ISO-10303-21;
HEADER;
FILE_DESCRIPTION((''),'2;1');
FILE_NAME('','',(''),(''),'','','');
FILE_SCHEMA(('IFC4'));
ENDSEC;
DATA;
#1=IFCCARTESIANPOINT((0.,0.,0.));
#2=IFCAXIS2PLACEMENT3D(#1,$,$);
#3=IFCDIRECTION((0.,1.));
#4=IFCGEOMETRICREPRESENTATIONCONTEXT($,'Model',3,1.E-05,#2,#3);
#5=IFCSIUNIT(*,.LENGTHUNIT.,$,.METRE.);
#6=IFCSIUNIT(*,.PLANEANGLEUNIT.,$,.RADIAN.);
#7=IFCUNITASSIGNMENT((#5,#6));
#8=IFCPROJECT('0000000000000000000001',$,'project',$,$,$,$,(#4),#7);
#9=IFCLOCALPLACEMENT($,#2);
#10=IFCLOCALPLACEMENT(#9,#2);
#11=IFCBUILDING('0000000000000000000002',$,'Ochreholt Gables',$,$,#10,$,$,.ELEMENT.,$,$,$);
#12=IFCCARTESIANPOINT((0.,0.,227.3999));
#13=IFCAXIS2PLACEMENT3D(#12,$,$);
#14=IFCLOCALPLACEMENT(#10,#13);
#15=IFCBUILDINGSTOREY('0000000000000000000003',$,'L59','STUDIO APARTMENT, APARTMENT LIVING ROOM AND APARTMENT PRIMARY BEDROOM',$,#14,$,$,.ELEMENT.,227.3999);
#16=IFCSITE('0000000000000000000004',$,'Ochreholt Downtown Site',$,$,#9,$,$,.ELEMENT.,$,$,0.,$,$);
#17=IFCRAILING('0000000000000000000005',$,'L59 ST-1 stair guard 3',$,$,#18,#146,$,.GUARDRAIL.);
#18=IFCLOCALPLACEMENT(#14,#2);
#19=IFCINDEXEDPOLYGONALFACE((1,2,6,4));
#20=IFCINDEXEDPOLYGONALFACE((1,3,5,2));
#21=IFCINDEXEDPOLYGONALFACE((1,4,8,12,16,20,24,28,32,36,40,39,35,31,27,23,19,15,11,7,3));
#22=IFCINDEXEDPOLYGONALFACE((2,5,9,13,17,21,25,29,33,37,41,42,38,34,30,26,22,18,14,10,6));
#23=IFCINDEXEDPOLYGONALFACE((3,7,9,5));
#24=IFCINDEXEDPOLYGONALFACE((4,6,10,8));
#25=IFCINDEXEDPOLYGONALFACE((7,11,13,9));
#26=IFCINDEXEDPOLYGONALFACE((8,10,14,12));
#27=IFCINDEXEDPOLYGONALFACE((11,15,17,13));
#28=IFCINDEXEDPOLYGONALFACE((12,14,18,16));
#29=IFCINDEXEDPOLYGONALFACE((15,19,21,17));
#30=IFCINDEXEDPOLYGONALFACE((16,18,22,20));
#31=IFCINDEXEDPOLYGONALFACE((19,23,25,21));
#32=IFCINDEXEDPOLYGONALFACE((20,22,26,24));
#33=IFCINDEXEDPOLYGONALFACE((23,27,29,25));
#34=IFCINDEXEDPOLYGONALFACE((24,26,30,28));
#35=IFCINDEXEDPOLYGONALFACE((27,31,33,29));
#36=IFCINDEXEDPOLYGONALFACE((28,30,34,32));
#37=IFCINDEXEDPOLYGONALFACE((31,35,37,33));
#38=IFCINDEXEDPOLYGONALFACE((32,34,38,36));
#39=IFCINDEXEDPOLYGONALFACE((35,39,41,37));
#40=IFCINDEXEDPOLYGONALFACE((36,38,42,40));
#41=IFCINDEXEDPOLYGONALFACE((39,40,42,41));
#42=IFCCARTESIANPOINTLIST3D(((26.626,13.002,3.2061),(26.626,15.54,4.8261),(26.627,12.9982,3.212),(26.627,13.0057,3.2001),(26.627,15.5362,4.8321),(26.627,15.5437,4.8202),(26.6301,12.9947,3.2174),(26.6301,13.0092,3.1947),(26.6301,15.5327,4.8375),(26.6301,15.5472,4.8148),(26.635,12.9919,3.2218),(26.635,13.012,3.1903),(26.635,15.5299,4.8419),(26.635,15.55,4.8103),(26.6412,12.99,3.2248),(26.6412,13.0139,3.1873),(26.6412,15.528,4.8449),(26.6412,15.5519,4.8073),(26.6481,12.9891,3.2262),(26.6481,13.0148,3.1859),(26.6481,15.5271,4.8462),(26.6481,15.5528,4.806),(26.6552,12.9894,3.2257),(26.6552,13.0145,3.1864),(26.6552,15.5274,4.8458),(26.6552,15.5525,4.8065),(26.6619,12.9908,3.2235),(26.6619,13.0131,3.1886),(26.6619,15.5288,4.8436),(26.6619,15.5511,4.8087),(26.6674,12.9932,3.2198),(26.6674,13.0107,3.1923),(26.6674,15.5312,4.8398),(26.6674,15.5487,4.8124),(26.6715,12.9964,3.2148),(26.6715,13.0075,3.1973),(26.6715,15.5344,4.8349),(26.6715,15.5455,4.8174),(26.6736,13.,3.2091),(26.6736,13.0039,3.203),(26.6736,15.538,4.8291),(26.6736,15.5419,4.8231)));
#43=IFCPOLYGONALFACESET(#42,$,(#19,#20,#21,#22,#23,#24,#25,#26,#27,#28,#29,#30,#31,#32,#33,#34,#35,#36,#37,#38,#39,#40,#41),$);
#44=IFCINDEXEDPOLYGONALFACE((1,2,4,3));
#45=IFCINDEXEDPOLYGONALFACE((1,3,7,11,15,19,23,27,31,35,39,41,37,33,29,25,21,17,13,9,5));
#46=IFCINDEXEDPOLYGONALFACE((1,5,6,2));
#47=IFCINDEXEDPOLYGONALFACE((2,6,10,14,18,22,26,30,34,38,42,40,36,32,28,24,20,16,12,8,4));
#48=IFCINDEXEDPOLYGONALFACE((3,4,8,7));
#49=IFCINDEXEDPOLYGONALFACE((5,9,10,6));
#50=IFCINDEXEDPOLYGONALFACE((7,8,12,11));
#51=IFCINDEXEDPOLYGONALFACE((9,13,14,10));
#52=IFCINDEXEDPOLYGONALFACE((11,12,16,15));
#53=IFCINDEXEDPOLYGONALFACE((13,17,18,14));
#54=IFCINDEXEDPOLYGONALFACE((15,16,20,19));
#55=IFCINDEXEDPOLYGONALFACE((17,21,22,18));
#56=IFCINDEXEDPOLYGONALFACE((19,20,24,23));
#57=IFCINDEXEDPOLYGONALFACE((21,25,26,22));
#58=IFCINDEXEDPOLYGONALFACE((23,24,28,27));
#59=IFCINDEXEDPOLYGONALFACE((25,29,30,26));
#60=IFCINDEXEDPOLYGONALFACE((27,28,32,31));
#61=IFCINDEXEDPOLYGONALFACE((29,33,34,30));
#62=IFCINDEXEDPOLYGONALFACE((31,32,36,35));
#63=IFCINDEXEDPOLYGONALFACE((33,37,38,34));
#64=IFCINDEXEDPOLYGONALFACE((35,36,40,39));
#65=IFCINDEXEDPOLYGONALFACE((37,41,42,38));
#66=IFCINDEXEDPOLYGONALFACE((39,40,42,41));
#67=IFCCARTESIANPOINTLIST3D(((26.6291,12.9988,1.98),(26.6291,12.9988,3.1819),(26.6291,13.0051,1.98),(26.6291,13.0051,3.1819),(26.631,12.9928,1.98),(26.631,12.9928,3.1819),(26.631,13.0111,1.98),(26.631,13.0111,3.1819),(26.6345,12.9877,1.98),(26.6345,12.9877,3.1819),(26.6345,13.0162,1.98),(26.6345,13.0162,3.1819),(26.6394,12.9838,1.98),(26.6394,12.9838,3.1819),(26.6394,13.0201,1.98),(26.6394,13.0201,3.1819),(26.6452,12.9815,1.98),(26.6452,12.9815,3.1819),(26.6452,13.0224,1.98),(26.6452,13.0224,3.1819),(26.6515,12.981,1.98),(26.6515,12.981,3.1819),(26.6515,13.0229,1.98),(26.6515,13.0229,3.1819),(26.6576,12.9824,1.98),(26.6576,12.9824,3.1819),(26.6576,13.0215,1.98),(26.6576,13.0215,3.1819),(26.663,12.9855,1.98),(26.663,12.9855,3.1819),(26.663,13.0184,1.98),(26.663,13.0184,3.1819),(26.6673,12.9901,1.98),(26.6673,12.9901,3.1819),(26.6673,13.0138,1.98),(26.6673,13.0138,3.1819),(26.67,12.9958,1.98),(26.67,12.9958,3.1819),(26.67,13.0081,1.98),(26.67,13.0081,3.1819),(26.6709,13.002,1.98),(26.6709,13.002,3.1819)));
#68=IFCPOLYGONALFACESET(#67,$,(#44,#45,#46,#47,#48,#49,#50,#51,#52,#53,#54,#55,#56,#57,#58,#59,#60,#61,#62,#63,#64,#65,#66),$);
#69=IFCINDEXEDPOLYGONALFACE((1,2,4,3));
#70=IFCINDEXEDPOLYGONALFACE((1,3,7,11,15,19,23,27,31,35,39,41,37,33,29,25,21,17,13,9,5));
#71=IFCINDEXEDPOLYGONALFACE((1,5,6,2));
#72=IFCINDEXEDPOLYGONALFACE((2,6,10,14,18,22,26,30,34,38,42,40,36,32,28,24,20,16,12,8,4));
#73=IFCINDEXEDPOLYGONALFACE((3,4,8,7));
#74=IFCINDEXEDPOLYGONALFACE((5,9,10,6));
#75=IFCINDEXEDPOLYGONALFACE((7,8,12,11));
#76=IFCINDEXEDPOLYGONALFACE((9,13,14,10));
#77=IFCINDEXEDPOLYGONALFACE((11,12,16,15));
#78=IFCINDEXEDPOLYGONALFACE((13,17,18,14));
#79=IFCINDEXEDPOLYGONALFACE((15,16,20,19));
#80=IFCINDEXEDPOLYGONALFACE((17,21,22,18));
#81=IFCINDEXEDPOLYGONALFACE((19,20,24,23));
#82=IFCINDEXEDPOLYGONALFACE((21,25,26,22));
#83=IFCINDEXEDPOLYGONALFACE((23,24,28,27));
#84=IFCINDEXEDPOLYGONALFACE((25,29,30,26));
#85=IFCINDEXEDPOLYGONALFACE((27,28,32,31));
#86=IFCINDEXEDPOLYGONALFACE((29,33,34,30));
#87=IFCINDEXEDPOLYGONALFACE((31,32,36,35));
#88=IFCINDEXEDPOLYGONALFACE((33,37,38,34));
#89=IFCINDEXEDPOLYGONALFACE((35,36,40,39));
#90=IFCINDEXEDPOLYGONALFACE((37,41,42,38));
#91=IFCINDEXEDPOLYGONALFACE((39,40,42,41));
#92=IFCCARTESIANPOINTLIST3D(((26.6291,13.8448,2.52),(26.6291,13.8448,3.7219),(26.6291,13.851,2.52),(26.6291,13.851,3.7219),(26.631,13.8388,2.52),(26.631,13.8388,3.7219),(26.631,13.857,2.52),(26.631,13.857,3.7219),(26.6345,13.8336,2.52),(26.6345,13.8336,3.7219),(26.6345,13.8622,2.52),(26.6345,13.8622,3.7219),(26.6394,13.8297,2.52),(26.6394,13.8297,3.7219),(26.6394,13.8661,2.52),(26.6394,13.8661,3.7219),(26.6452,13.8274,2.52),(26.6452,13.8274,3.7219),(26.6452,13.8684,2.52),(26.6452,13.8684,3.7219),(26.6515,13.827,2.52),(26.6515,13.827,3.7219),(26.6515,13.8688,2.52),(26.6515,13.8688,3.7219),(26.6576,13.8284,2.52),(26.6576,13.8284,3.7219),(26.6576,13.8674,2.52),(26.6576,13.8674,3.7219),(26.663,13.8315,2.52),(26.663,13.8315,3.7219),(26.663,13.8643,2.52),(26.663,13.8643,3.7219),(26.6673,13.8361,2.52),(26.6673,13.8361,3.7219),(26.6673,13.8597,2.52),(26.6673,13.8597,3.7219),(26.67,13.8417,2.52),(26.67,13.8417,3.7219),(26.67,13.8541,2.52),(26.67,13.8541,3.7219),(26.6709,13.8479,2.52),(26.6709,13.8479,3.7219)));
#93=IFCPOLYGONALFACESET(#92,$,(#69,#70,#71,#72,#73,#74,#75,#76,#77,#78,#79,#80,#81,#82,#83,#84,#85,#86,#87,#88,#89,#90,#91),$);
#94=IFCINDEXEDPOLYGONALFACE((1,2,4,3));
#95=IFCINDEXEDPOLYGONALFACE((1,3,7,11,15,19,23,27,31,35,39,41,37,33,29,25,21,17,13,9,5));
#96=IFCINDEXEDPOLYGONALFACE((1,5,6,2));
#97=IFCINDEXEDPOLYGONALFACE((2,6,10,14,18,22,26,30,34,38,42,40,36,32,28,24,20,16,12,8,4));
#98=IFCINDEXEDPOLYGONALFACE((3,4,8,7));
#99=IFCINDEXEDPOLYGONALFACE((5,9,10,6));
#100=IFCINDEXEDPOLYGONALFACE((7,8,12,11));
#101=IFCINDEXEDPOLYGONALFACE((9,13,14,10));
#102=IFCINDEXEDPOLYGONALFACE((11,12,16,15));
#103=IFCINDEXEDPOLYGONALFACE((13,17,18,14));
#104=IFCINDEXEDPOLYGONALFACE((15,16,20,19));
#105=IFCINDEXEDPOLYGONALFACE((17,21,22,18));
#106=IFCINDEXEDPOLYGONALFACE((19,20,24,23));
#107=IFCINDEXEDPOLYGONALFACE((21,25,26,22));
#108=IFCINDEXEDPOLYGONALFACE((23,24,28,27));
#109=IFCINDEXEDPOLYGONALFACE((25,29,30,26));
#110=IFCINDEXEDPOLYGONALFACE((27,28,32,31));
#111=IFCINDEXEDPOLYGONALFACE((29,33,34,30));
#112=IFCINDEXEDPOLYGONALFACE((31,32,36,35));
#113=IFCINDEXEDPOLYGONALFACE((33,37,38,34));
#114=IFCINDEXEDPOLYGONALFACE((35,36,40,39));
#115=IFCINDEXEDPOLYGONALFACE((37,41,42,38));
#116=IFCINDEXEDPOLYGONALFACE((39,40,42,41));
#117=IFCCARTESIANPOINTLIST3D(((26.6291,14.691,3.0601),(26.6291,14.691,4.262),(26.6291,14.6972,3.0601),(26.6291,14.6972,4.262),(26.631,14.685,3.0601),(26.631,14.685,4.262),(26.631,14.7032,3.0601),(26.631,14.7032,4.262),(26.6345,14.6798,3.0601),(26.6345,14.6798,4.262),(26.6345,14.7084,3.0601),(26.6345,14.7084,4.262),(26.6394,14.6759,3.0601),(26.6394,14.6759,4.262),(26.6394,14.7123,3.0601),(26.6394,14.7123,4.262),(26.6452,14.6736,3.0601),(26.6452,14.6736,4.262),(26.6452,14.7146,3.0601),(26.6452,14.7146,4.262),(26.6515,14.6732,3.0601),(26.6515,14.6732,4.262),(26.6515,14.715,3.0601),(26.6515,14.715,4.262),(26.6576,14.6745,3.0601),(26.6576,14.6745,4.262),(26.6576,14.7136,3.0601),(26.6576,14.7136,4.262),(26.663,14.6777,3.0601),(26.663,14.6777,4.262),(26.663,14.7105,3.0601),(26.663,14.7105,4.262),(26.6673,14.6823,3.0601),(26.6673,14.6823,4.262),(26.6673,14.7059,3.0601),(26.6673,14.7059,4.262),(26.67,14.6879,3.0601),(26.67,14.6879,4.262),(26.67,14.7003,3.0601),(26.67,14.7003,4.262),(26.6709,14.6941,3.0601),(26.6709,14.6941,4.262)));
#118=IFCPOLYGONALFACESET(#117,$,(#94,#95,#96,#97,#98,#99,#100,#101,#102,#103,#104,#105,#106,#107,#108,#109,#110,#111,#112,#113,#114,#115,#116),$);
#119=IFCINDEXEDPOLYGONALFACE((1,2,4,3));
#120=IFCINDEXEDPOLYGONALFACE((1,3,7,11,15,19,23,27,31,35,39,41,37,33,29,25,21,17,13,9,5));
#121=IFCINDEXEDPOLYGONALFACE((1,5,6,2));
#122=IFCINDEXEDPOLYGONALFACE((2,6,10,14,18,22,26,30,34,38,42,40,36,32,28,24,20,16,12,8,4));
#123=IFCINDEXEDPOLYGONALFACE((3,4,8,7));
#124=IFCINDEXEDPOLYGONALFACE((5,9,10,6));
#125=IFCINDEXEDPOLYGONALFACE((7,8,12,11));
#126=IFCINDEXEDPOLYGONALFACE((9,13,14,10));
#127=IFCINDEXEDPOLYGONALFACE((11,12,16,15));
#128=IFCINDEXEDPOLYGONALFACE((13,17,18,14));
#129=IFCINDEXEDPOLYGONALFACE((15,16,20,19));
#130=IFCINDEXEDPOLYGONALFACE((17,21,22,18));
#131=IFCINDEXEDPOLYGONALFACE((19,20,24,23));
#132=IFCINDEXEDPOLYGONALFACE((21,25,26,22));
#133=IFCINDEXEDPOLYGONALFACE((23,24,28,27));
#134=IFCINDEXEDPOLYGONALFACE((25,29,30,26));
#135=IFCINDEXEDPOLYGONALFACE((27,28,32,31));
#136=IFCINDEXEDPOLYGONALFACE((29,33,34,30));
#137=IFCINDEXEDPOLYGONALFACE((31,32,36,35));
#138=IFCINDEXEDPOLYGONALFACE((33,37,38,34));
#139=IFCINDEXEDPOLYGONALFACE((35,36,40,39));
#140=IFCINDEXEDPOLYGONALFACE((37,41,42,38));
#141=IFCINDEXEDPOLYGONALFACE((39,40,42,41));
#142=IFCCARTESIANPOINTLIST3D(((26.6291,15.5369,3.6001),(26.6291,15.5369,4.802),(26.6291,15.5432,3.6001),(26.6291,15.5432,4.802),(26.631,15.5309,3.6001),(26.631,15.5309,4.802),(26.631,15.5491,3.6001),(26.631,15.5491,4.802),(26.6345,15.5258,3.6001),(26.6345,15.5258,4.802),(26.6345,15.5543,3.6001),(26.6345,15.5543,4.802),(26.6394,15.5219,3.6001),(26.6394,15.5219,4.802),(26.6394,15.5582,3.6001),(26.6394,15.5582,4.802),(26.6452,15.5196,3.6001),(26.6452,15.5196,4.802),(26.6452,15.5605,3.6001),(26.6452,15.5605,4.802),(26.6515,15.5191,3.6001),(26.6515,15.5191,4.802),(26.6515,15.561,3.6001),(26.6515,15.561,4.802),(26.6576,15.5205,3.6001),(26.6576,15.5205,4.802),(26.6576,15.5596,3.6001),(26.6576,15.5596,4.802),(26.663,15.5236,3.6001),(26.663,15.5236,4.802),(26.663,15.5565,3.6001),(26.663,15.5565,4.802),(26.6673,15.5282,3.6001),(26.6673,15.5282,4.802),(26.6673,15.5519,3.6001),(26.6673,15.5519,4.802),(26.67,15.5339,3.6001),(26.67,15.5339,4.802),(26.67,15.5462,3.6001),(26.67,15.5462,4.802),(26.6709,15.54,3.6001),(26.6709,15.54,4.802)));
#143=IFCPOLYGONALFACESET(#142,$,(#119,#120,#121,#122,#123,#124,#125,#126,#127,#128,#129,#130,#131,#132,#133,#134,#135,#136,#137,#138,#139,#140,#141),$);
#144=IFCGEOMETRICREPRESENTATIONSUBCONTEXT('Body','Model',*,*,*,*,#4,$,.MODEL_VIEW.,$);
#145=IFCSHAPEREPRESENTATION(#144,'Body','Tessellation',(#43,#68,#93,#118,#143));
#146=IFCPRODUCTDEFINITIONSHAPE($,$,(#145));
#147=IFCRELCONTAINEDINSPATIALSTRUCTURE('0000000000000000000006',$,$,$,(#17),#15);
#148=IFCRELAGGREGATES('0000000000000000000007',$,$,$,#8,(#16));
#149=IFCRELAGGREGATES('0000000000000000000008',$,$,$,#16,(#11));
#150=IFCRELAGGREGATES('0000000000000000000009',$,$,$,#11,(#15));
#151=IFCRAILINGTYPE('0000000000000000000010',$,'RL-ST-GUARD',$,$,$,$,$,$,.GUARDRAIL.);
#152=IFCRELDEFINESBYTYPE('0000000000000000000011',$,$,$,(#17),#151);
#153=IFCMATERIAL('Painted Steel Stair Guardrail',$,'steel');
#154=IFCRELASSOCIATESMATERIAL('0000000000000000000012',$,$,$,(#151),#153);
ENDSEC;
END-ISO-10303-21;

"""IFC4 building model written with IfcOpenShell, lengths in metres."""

from ifc_helpers import new_model, si_unit, direction, frame, origin, origin_2d, place, context, subcontext, project, spatial, circle, extrude, material, type_object, element, save


model = new_model("IFC4")

# Units and contexts
model_context = context("Model", 3, precision=1e-05, world=origin(), true_north=direction((0.0, 1.0)))
body_context = subcontext(model_context, "Body", "Model", "MODEL_VIEW")
ifc_project = project(units=[si_unit("LENGTHUNIT", "METRE"), si_unit("PLANEANGLEUNIT", "RADIAN")], contexts=[model_context])

# Site, building, storey
site_placement = place(None, origin())
site = spatial("IfcSite", under=ifc_project, at=site_placement, Name="Ochreholt Downtown Site", CompositionType="ELEMENT", RefElevation=0.0)
building_placement = place(site_placement, origin())
building = spatial("IfcBuilding", under=site, at=building_placement, Name="Ochreholt Gables", CompositionType="ELEMENT")
storey_placement = place(building_placement, frame((0.0, 0.0, 227.3999)))
storey = spatial("IfcBuildingStorey", under=building, at=storey_placement, Name="L59", Description="STUDIO APARTMENT, APARTMENT LIVING ROOM AND APARTMENT PRIMARY BEDROOM", CompositionType="ELEMENT", Elevation=227.3999)

# Railing
ifc_material_1 = material(Name="Painted Steel Stair Guardrail", Category="steel")
railing_type = type_object("IfcRailingType", Name="RL-ST-GUARD", PredefinedType="GUARDRAIL", material=ifc_material_1)
railing_1_placement = place(storey_placement, frame((26.6499, 13.002, 1.98)))
element("IfcRailing", 1, at=railing_1_placement, inside=storey, type_object=railing_type, Name="L59 ST-1 stair guard 3", PredefinedType="GUARDRAIL", context=body_context, shape_type="SweptSolid", body=[
    extrude(circle(Radius=0.0239, at=origin_2d()), frame((0.0, 0.0, 1.2261), z_axis=(0.0, 0.842913, 0.53805), x_axis=(-1.0, 0.0, 0.0)), (0.0, 0.0, 1.0), 3.011),
    extrude(circle(Radius=0.021, at=origin_2d()), origin(), (0.0, 0.0, 1.0), 1.2019),
    extrude(circle(Radius=0.021, at=origin_2d()), frame((0.0, 0.8459, 0.54)), (0.0, 0.0, 1.0), 1.2019),
    extrude(circle(Radius=0.021, at=origin_2d()), frame((0.0, 1.6921, 1.0801)), (0.0, 0.0, 1.0), 1.2019),
    extrude(circle(Radius=0.021, at=origin_2d()), frame((0.0, 2.5381, 1.6201)), (0.0, 0.0, 1.0), 1.2019),
])

save(model, "model.ifc")
